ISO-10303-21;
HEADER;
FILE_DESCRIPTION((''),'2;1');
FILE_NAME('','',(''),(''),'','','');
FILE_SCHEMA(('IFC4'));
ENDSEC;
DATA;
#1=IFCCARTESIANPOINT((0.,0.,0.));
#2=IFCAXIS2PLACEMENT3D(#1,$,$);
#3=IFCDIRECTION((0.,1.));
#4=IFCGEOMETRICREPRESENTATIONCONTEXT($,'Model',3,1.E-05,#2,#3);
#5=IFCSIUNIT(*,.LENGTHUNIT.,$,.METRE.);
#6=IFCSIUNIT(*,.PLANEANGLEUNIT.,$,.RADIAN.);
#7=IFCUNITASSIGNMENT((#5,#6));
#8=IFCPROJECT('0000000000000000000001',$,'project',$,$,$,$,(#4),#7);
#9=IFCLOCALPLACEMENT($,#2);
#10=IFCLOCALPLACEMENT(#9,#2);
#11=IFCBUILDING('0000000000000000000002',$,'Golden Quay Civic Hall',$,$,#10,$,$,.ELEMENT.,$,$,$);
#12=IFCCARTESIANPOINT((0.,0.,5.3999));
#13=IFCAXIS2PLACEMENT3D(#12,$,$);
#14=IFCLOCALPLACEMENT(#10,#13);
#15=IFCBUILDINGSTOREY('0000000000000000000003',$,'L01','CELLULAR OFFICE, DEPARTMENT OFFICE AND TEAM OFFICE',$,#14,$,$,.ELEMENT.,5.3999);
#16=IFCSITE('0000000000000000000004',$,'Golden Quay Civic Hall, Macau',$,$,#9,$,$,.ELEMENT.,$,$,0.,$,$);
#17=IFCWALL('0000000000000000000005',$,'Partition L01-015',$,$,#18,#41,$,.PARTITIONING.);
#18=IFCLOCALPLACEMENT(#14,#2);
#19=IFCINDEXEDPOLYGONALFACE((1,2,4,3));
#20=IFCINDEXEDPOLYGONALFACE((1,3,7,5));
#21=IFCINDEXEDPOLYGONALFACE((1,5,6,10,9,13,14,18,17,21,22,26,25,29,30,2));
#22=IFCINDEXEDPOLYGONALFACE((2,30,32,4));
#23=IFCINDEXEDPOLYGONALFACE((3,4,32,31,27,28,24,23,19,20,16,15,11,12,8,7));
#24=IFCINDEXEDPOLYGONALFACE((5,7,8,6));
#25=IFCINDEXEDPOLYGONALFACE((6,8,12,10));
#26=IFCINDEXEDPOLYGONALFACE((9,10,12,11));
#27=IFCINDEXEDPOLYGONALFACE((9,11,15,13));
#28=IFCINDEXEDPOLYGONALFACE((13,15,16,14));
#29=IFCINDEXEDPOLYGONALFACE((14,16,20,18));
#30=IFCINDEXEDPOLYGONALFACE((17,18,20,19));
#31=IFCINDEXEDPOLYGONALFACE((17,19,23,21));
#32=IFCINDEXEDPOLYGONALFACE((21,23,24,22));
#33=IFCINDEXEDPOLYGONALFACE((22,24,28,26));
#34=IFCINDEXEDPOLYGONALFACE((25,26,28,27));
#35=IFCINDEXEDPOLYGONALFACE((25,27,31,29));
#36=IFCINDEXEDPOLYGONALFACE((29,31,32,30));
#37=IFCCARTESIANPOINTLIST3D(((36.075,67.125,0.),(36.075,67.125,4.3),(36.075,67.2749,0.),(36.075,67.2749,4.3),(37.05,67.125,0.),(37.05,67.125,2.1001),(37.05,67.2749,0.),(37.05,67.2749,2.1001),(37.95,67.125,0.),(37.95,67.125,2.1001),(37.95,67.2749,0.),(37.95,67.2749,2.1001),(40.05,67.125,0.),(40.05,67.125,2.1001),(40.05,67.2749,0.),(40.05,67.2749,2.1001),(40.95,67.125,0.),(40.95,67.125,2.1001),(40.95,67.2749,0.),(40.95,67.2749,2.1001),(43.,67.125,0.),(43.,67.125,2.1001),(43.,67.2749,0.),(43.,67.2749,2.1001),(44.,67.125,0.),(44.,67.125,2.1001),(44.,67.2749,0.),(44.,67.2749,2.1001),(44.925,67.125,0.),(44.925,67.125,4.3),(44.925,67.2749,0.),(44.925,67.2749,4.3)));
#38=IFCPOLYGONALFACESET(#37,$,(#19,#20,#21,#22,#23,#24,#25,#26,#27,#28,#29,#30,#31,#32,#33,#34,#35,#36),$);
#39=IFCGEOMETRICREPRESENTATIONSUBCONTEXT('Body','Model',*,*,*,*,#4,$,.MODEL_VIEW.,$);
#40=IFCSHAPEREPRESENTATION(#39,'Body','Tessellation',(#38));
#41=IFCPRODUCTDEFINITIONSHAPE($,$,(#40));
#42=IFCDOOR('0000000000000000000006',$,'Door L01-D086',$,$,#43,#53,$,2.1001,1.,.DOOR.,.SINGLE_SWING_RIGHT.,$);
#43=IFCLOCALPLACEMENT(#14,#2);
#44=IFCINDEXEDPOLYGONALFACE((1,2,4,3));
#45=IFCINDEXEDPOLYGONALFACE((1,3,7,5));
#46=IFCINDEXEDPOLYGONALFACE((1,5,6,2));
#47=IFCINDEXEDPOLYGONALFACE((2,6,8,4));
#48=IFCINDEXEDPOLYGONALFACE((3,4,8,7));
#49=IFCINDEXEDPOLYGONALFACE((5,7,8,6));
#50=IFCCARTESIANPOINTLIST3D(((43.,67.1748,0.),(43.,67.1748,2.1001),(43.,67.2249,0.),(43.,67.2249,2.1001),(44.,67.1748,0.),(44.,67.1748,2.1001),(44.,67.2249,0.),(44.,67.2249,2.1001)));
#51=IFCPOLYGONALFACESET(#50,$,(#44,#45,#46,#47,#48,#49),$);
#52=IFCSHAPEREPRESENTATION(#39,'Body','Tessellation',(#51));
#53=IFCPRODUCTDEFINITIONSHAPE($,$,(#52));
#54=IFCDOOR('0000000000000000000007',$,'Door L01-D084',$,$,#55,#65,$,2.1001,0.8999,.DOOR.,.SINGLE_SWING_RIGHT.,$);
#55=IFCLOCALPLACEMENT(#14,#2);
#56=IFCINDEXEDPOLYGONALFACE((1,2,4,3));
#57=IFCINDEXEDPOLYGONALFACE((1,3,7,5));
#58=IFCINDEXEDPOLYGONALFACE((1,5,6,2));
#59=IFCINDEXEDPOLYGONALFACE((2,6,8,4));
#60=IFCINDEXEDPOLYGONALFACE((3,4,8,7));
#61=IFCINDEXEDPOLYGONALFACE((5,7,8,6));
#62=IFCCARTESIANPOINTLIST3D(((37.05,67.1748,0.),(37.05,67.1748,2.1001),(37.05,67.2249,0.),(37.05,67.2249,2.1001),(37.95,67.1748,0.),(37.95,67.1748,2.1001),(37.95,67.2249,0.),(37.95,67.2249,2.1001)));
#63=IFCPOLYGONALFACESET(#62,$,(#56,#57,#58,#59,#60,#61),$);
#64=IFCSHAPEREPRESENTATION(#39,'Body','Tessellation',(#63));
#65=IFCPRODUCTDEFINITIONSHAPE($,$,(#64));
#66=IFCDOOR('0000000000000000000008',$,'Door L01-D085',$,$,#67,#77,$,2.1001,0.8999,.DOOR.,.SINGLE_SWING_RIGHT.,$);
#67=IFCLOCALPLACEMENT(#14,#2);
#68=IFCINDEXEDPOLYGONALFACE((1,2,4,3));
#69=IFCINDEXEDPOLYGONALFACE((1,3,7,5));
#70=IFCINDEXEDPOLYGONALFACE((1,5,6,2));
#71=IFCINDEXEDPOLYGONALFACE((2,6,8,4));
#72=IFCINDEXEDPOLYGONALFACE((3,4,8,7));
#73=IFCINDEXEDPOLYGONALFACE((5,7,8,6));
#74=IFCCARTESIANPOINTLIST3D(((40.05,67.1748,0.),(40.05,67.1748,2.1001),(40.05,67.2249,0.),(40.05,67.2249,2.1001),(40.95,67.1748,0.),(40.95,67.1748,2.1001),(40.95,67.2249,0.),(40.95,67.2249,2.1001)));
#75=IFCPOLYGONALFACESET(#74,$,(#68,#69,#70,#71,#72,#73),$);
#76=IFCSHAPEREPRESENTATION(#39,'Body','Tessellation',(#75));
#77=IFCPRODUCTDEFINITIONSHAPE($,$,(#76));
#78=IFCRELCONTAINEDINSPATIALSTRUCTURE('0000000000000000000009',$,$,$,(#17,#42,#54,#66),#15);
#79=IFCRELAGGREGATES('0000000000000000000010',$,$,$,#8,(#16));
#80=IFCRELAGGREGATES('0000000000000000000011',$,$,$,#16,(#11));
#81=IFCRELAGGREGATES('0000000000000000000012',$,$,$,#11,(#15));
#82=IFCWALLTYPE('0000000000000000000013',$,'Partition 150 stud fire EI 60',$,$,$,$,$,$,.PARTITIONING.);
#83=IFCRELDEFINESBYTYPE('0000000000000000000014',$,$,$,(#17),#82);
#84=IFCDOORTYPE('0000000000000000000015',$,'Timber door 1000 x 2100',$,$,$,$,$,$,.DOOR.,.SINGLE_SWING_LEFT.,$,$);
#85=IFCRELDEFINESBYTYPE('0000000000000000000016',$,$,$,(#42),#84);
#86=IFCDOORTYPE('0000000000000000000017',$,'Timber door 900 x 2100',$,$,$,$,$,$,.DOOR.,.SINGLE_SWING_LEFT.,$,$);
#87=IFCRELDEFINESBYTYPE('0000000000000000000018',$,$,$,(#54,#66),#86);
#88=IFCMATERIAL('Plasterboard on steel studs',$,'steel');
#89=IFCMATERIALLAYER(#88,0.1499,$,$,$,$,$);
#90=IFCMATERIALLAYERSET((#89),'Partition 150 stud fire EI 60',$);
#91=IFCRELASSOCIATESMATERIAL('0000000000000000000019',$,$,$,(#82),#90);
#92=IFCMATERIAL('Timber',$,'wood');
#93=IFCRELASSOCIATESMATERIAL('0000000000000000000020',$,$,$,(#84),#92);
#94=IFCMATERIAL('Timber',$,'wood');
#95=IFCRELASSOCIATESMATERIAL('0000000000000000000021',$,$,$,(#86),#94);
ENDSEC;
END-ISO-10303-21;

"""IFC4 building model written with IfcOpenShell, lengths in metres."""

from ifc_helpers import new_model, si_unit, direction, frame, frame_2d, origin, place, context, subcontext, project, spatial, rectangle, extrude, material, layer, layer_set, type_object, element, fill, save


model = new_model("IFC4")

# Units and contexts
model_context = context("Model", 3, precision=1e-05, world=origin(), true_north=direction((0.0, 1.0)))
body_context = subcontext(model_context, "Body", "Model", "MODEL_VIEW")
ifc_project = project(units=[si_unit("LENGTHUNIT", "METRE"), si_unit("PLANEANGLEUNIT", "RADIAN")], contexts=[model_context])

# Site, building, storey
site_placement = place(None, origin())
site = spatial("IfcSite", under=ifc_project, at=site_placement, Name="Golden Quay Civic Hall, Macau", CompositionType="ELEMENT", RefElevation=0.0)
building_placement = place(site_placement, origin())
building = spatial("IfcBuilding", under=site, at=building_placement, Name="Golden Quay Civic Hall", CompositionType="ELEMENT")
storey_placement = place(building_placement, frame((0.0, 0.0, 5.3999)))
storey = spatial("IfcBuildingStorey", under=building, at=storey_placement, Name="L01", Description="CELLULAR OFFICE, DEPARTMENT OFFICE AND TEAM OFFICE", CompositionType="ELEMENT", Elevation=5.3999)

# Shared definitions
ifc_material_1 = material(Name="Plasterboard on steel studs", Category="steel")
ifc_layer_1 = layer(ifc_material_1, 0.1499)
ifc_layer_set_1 = layer_set([ifc_layer_1], Name="Partition 150 stud fire EI 60")
wall_type_1 = type_object("IfcWallType", Name="Partition 150 stud fire EI 60", PredefinedType="PARTITIONING", material=ifc_layer_set_1)

# Wall, openings, doors
wall_1_placement = place(storey_placement, frame((36.075, 67.2, 0.0), z_axis=(0.0, 0.0, 1.0), x_axis=(1.0, 0.0, 0.0)))
wall_1 = element("IfcWall", 1, at=wall_1_placement, inside=storey, type_object=wall_type_1, Name="Partition L01-015", PredefinedType="PARTITIONING", context=body_context, shape_type="SweptSolid", body=[
    extrude(rectangle(XDim=8.8501, YDim=0.1499, at=frame_2d((4.425, 0.0))), origin(), (0.0, 0.0, 1.0), 4.3),
])
opening_1_placement = place(wall_1_placement, frame((0.9751, 0.0, 0.0)))
opening_1 = element("IfcOpeningElement", 2, at=opening_1_placement, cuts=wall_1, PredefinedType="OPENING", context=body_context, shape_type="SweptSolid", body=[
    extrude(rectangle(XDim=0.8999, YDim=2.1001, at=frame_2d((0.45, 1.05))), frame((0.0, 0.085, 0.0), z_axis=(0.0, -1.0, 0.0), x_axis=(1.0, 0.0, 0.0)), (0.0, 0.0, 1.0), 0.1699),
])
opening_2_placement = place(wall_1_placement, frame((3.9751, 0.0, 0.0)))
opening_2 = element("IfcOpeningElement", 3, at=opening_2_placement, cuts=wall_1, PredefinedType="OPENING", context=body_context, shape_type="SweptSolid", body=[
    extrude(rectangle(XDim=0.8999, YDim=2.1001, at=frame_2d((0.45, 1.05))), frame((0.0, 0.085, 0.0), z_axis=(0.0, -1.0, 0.0), x_axis=(1.0, 0.0, 0.0)), (0.0, 0.0, 1.0), 0.1699),
])
opening_3_placement = place(wall_1_placement, frame((6.925, 0.0, 0.0)))
opening_3 = element("IfcOpeningElement", 4, at=opening_3_placement, cuts=wall_1, PredefinedType="OPENING", context=body_context, shape_type="SweptSolid", body=[
    extrude(rectangle(XDim=1.0, YDim=2.1001, at=frame_2d((0.5, 1.05))), frame((0.0, 0.085, 0.0), z_axis=(0.0, -1.0, 0.0), x_axis=(1.0, 0.0, 0.0)), (0.0, 0.0, 1.0), 0.1699),
])
ifc_material_2 = material(Name="Timber", Category="wood")
door_type_1 = type_object("IfcDoorType", Name="Timber door 1000 x 2100", OperationType="SINGLE_SWING_LEFT", PredefinedType="DOOR", material=ifc_material_2)
door_1_placement = place(opening_3_placement, frame((1.0, 0.0, 0.0), z_axis=(0.0, 0.0, 1.0), x_axis=(-1.0, 0.0, 0.0)))
door_1 = element("IfcDoor", 5, at=door_1_placement, inside=storey, type_object=door_type_1, Name="Door L01-D086", OperationType="SINGLE_SWING_RIGHT", OverallHeight=2.1001, OverallWidth=1.0, PredefinedType="DOOR", context=body_context, shape_type="SweptSolid", body=[
    extrude(rectangle(XDim=1.0, YDim=2.1001, at=frame_2d((0.5, 1.05))), frame((0.0, 0.0251, 0.0), z_axis=(0.0, -1.0, 0.0), x_axis=(1.0, 0.0, 0.0)), (0.0, 0.0, 1.0), 0.05),
])
fill(opening_3, door_1)
ifc_material_3 = material(Name="Timber", Category="wood")
door_type_2 = type_object("IfcDoorType", Name="Timber door 900 x 2100", OperationType="SINGLE_SWING_LEFT", PredefinedType="DOOR", material=ifc_material_3)
door_2_placement = place(opening_1_placement, frame((0.8999, 0.0, 0.0), z_axis=(0.0, 0.0, 1.0), x_axis=(-1.0, 0.0, 0.0)))
door_2 = element("IfcDoor", 6, at=door_2_placement, inside=storey, type_object=door_type_2, Name="Door L01-D084", OperationType="SINGLE_SWING_RIGHT", OverallHeight=2.1001, OverallWidth=0.8999, PredefinedType="DOOR", context=body_context, shape_type="SweptSolid", body=[
    extrude(rectangle(XDim=0.8999, YDim=2.1001, at=frame_2d((0.45, 1.05))), frame((0.0, 0.0251, 0.0), z_axis=(0.0, -1.0, 0.0), x_axis=(1.0, 0.0, 0.0)), (0.0, 0.0, 1.0), 0.05),
])
fill(opening_1, door_2)
door_3_placement = place(opening_2_placement, frame((0.8999, 0.0, 0.0), z_axis=(0.0, 0.0, 1.0), x_axis=(-1.0, 0.0, 0.0)))
door_3 = element("IfcDoor", 7, at=door_3_placement, inside=storey, type_object=door_type_2, Name="Door L01-D085", OperationType="SINGLE_SWING_RIGHT", OverallHeight=2.1001, OverallWidth=0.8999, PredefinedType="DOOR", context=body_context, shape_type="SweptSolid", body=[
    extrude(rectangle(XDim=0.8999, YDim=2.1001, at=frame_2d((0.45, 1.05))), frame((0.0, 0.0251, 0.0), z_axis=(0.0, -1.0, 0.0), x_axis=(1.0, 0.0, 0.0)), (0.0, 0.0, 1.0), 0.05),
])
fill(opening_2, door_3)

save(model, "model.ifc")
